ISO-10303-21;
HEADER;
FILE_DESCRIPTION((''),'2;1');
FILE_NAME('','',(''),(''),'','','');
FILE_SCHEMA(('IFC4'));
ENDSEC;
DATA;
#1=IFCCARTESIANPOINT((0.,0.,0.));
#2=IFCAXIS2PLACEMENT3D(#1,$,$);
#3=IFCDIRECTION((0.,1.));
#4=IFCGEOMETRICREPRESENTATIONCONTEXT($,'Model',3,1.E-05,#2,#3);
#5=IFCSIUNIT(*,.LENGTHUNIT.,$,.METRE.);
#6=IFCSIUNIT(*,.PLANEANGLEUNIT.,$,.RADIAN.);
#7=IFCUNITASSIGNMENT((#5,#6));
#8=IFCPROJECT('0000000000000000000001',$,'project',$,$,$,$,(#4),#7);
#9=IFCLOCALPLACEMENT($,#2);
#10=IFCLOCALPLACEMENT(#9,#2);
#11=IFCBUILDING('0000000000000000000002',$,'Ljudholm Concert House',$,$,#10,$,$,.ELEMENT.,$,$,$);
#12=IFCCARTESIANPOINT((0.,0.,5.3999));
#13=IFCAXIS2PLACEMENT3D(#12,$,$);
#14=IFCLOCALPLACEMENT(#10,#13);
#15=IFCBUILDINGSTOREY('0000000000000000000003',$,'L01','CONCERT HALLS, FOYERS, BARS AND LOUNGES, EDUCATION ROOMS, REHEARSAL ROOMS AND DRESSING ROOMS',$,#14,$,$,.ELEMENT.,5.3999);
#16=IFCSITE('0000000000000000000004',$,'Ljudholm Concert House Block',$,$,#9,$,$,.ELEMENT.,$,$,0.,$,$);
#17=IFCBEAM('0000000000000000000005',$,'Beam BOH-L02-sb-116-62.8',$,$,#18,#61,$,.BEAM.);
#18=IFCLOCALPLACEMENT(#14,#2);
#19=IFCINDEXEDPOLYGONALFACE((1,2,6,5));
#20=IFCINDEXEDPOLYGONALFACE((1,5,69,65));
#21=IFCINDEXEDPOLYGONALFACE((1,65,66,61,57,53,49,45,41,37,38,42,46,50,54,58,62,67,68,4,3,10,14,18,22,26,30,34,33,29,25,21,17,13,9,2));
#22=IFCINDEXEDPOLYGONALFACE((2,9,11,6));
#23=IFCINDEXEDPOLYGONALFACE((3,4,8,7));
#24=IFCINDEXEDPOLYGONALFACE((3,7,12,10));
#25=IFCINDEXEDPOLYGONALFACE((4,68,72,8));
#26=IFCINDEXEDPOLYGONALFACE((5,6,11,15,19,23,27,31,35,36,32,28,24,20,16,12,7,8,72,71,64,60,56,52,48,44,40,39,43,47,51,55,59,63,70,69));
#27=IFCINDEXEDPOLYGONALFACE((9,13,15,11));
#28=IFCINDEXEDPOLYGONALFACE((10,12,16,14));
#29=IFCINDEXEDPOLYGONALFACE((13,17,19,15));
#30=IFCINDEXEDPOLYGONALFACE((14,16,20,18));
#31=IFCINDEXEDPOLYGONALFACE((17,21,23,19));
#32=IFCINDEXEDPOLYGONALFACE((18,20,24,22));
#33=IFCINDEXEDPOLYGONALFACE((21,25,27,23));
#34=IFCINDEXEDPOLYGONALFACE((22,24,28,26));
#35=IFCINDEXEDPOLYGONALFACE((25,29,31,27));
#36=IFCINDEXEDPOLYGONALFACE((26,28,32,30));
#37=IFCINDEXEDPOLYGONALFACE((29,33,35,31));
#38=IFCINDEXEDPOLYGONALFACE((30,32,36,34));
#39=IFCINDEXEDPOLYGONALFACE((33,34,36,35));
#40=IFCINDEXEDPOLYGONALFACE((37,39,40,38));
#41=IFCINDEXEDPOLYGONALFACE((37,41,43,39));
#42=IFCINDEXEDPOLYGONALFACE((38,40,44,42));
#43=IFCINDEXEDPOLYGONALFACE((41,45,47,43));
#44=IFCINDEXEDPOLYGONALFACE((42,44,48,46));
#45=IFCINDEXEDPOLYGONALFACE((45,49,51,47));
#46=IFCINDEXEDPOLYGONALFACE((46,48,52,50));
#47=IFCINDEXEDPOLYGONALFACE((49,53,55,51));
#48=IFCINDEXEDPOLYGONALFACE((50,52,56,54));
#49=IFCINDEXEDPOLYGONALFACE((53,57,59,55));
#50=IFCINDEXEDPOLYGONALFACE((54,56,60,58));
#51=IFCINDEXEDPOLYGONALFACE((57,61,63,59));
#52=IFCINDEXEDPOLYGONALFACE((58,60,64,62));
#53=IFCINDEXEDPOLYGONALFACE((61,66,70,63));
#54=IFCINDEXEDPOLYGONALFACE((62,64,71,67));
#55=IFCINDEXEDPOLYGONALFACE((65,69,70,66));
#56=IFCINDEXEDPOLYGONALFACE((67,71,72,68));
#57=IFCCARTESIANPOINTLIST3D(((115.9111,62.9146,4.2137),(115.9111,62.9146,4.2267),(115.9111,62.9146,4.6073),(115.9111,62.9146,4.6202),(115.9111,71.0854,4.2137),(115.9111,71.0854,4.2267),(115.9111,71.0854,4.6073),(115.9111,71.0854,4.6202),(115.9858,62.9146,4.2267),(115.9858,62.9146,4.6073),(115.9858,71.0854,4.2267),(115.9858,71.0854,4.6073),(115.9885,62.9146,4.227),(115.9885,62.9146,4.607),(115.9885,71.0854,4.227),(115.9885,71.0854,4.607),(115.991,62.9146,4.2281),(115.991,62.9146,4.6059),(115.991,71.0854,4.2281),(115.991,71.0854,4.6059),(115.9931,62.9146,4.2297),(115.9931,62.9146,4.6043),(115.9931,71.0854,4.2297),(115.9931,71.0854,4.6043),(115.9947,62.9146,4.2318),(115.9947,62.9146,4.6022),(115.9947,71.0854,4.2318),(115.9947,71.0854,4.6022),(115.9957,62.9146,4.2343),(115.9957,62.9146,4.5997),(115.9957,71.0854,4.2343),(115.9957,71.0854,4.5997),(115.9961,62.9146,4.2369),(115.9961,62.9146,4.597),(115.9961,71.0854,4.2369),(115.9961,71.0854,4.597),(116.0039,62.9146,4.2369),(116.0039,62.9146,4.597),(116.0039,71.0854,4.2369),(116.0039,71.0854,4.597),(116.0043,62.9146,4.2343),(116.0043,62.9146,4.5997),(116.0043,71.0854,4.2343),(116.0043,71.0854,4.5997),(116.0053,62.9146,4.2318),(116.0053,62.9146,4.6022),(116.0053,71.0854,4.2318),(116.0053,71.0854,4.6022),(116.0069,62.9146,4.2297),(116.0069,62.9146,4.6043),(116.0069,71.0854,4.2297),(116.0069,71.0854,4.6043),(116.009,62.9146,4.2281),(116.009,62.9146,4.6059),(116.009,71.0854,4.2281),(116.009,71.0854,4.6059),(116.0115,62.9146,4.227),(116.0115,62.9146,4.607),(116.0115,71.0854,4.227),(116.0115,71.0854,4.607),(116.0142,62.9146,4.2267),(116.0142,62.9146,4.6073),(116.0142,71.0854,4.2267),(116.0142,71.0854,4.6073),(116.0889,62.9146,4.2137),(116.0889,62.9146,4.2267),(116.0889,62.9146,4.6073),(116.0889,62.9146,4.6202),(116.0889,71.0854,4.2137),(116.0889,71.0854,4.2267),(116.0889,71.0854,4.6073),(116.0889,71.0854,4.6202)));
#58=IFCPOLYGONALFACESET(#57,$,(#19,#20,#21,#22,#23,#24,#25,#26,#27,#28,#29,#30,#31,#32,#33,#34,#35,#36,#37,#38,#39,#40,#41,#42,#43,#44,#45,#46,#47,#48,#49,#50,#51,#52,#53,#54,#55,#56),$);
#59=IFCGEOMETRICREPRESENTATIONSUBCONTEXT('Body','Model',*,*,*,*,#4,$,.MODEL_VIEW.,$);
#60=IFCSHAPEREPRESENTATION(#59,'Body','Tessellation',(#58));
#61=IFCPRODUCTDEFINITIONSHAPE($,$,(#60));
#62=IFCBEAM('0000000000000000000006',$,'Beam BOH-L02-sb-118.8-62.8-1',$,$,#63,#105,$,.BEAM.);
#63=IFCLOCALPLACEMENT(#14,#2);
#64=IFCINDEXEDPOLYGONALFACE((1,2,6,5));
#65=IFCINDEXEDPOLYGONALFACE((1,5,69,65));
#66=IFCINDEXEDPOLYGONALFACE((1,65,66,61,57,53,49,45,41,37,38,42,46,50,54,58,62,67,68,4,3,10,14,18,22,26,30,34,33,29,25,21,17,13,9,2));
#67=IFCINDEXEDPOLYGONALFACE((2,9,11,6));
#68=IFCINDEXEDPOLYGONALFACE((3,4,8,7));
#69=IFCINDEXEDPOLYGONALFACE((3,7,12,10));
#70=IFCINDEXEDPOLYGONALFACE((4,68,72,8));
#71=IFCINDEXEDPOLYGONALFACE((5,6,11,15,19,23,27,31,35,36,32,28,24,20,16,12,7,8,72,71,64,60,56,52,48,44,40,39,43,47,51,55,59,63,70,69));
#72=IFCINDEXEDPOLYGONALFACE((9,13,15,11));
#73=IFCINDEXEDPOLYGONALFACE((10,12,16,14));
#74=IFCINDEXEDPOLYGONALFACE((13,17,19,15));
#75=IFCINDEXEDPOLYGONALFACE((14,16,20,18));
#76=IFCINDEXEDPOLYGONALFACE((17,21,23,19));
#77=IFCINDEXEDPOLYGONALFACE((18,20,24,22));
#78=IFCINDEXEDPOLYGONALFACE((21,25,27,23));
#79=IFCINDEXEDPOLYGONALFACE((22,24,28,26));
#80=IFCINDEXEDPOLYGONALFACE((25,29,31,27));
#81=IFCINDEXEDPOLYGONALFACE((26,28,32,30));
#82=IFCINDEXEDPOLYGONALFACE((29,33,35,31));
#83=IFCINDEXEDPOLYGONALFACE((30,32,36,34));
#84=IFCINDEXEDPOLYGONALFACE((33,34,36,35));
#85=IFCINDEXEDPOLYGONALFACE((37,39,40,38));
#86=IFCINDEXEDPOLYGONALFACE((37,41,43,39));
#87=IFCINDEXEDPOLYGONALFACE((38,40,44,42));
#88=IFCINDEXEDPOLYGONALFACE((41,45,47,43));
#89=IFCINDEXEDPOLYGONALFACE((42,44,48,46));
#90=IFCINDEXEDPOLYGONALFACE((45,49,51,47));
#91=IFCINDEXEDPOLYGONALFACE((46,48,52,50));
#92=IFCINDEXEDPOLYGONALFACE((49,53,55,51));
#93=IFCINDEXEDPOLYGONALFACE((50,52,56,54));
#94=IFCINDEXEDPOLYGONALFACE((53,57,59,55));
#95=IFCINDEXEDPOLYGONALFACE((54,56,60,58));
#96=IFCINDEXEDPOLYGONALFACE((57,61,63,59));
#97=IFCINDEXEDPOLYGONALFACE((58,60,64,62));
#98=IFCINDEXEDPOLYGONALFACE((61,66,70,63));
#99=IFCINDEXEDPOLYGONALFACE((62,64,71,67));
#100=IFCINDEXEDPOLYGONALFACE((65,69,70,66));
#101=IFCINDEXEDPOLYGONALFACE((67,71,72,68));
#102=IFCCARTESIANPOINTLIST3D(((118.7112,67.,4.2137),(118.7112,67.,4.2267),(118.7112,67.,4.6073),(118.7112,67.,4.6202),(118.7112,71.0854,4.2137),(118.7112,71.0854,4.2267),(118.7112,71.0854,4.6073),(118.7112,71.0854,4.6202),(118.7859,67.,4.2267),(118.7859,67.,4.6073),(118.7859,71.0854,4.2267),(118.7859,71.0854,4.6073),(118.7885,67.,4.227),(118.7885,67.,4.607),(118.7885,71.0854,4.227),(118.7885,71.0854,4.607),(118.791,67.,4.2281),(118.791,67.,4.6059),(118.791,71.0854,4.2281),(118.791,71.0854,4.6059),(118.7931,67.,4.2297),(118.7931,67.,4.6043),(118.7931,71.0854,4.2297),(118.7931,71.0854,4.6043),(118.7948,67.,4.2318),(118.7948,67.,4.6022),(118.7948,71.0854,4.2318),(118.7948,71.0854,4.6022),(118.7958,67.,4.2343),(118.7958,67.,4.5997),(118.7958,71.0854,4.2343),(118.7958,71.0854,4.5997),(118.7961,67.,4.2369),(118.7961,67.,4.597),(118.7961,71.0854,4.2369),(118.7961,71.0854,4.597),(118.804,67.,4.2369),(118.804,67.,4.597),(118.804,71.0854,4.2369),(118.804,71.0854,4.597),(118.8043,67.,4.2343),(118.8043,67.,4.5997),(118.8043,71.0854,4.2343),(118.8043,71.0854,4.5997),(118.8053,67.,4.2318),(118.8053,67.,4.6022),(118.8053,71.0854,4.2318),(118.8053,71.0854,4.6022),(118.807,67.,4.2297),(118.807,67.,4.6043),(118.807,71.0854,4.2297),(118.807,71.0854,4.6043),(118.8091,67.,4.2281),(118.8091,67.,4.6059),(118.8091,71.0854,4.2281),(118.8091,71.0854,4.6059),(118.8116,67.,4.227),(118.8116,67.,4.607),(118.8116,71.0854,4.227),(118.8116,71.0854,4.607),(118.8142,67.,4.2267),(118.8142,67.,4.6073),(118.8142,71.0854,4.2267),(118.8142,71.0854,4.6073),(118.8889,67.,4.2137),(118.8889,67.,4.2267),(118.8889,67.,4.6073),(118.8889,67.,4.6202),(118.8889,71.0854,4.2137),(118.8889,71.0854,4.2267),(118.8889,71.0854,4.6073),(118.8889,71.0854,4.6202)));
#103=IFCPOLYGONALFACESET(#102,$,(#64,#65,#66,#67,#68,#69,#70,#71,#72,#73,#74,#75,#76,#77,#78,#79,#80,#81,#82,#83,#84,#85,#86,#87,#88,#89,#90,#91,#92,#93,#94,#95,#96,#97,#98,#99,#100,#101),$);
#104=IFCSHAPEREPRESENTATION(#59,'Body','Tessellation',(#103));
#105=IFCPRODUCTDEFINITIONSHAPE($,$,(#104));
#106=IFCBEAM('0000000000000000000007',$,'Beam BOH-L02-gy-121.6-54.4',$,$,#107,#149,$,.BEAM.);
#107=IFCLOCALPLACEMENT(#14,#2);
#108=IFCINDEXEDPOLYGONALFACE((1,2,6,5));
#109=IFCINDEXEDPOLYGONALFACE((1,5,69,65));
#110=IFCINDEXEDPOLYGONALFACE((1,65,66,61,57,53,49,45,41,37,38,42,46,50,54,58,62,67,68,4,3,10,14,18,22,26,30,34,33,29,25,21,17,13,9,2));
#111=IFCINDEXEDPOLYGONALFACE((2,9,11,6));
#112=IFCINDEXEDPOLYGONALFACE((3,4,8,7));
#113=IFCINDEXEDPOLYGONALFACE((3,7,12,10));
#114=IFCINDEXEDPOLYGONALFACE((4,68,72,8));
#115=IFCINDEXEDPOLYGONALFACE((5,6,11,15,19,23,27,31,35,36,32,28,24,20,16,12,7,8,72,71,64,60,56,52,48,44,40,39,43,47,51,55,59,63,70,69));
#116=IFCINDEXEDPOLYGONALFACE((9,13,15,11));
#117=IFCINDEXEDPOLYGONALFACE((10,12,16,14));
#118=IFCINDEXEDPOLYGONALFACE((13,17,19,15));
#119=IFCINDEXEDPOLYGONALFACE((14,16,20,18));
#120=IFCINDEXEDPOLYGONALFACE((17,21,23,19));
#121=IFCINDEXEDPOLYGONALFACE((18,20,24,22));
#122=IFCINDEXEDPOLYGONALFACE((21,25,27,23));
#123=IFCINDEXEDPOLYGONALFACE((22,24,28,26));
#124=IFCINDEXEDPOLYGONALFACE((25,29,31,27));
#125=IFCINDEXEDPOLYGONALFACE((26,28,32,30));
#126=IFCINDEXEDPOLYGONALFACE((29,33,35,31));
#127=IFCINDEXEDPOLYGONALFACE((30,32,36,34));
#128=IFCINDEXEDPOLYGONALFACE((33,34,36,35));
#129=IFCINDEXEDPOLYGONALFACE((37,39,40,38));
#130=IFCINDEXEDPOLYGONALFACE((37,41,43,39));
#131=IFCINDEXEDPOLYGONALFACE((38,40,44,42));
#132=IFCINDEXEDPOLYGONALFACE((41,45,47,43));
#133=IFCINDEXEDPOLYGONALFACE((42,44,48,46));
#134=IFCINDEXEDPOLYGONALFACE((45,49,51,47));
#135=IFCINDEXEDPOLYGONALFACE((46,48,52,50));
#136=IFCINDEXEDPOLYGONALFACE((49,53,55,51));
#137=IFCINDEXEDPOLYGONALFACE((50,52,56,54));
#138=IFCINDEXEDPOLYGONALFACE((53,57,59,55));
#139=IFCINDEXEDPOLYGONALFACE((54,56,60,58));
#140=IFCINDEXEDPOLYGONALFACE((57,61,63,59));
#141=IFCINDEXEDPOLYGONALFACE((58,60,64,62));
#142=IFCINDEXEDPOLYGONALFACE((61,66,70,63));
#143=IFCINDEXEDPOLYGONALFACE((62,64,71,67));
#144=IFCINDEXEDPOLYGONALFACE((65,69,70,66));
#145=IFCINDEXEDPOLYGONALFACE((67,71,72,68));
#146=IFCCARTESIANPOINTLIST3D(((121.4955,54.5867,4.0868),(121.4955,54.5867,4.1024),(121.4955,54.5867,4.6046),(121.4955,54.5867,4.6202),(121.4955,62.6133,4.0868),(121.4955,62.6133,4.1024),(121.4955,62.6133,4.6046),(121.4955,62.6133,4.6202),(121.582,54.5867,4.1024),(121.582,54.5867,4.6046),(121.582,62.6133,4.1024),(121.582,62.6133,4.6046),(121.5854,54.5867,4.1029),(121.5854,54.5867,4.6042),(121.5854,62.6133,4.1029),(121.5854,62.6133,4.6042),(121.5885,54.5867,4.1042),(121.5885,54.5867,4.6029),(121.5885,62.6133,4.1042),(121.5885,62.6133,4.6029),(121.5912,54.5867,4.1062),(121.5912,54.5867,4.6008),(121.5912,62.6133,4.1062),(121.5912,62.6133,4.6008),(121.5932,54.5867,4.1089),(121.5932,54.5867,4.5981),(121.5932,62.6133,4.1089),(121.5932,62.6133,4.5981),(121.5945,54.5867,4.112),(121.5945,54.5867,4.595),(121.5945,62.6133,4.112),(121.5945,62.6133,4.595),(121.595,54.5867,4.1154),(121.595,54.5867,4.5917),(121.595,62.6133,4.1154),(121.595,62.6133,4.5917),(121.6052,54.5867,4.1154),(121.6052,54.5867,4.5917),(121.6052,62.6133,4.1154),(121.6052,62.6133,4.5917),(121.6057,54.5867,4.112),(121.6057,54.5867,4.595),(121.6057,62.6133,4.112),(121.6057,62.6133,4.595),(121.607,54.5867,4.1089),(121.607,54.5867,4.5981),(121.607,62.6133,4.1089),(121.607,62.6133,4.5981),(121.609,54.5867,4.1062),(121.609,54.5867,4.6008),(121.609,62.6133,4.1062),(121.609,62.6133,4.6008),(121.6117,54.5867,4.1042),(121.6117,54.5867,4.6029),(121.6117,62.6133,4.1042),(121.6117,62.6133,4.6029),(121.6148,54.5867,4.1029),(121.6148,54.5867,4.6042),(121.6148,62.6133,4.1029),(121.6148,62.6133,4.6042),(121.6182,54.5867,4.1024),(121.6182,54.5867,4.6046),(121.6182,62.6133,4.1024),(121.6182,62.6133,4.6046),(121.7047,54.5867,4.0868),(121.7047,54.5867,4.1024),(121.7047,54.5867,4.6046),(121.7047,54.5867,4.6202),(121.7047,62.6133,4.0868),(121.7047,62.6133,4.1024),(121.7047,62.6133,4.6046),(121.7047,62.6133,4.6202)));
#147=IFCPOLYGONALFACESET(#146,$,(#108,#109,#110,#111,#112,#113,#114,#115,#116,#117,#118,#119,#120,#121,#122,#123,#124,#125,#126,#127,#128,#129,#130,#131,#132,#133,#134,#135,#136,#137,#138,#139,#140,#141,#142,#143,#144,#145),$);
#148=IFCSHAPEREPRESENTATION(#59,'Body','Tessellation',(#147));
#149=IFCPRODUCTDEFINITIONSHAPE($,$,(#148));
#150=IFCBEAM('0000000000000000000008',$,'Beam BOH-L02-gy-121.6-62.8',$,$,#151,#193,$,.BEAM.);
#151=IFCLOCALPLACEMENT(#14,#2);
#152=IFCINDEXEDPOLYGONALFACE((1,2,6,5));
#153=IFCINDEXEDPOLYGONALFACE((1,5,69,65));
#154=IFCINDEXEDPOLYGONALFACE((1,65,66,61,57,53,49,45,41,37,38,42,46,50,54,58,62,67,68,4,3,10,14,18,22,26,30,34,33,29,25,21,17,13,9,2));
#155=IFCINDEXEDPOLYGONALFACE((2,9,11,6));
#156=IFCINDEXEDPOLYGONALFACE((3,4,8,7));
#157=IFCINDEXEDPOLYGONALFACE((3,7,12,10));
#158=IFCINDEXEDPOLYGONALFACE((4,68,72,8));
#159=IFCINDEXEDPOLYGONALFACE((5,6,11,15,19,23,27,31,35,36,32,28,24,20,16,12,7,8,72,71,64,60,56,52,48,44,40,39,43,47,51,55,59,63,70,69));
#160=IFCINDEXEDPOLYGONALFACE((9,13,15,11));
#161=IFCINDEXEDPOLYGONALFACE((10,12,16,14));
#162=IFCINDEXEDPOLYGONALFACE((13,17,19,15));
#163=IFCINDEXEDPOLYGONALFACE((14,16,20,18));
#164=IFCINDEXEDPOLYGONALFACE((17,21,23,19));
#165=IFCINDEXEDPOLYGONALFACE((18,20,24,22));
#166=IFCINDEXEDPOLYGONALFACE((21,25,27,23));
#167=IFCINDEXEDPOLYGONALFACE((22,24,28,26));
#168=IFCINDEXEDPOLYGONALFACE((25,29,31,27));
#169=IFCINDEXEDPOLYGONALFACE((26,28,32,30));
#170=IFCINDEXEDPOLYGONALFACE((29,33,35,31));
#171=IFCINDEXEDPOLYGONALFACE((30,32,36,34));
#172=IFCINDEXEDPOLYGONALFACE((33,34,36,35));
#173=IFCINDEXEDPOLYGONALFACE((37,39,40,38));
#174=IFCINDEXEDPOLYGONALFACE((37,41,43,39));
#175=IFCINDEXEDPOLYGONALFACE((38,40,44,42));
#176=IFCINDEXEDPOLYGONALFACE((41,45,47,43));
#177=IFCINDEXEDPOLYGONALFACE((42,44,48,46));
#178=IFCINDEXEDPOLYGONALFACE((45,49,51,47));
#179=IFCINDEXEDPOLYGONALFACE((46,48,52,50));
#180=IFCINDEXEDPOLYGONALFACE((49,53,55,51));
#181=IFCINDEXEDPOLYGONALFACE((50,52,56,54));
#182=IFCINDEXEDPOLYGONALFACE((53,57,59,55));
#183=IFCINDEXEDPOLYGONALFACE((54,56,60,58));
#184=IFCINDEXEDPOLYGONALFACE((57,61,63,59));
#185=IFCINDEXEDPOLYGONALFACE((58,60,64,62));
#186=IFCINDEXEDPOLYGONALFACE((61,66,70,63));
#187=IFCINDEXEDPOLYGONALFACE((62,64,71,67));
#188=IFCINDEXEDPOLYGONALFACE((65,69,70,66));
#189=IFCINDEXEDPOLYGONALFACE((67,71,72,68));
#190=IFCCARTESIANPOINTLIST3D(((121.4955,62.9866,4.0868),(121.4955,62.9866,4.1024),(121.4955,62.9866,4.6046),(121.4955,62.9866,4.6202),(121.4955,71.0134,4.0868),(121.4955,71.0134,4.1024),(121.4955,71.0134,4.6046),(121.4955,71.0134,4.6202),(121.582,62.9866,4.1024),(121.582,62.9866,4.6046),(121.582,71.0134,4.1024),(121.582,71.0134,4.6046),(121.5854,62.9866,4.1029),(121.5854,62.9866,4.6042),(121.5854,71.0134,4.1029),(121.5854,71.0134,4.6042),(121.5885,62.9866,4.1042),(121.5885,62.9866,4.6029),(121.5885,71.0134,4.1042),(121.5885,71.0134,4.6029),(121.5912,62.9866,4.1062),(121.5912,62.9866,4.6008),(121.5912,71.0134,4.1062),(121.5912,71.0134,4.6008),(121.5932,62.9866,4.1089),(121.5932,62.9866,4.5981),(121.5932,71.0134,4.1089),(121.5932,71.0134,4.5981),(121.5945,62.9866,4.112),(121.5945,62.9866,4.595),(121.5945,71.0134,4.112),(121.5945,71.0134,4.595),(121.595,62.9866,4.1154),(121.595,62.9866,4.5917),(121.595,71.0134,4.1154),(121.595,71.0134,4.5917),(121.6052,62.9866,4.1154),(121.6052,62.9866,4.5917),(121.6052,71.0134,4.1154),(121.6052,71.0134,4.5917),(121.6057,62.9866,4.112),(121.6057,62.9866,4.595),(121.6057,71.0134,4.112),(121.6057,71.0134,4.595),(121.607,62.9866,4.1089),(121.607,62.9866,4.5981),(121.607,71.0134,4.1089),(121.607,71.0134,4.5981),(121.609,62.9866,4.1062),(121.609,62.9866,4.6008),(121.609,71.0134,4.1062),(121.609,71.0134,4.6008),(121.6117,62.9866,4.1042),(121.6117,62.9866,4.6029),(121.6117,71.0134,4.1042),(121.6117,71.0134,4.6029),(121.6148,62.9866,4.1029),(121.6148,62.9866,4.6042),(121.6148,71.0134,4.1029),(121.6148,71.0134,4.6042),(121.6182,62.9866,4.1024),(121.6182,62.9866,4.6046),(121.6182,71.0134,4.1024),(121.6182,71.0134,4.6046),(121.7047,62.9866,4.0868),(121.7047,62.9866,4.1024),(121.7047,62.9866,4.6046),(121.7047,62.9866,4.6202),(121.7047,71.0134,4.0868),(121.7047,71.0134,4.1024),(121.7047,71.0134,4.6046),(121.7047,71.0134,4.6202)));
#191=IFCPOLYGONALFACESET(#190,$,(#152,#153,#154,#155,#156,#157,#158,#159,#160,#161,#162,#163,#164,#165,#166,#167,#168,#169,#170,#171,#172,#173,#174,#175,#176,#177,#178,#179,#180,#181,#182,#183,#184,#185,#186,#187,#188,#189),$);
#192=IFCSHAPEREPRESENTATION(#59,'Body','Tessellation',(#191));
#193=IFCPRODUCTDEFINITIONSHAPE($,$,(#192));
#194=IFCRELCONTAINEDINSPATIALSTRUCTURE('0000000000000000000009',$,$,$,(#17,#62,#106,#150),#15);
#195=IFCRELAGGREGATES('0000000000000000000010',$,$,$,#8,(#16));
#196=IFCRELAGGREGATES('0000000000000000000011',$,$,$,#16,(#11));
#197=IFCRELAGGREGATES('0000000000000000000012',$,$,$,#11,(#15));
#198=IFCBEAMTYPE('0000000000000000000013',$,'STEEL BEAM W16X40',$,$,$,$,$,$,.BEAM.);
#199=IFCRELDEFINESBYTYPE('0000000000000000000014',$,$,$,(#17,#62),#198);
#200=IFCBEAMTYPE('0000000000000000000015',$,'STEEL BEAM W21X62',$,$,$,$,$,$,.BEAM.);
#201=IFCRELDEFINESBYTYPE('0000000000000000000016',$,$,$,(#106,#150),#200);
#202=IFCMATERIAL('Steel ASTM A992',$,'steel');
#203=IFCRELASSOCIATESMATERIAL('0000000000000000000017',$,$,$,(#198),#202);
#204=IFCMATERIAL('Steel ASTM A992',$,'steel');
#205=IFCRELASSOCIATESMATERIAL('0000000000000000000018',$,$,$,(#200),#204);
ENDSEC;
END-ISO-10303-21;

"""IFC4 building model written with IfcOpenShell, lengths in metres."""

from ifc_helpers import new_model, si_unit, direction, frame, origin, origin_2d, place, context, subcontext, project, spatial, i_section, extrude, material, material_profile, profile_set, type_object, element, save


model = new_model("IFC4")

# Units and contexts
model_context = context("Model", 3, precision=1e-05, world=origin(), true_north=direction((0.0, 1.0)))
body_context = subcontext(model_context, "Body", "Model", "MODEL_VIEW")
ifc_project = project(units=[si_unit("LENGTHUNIT", "METRE"), si_unit("PLANEANGLEUNIT", "RADIAN")], contexts=[model_context])

# Site, building, storey
site_placement = place(None, origin())
site = spatial("IfcSite", under=ifc_project, at=site_placement, Name="Ljudholm Concert House Block", CompositionType="ELEMENT", RefElevation=0.0)
building_placement = place(site_placement, origin())
building = spatial("IfcBuilding", under=site, at=building_placement, Name="Ljudholm Concert House", CompositionType="ELEMENT")
storey_placement = place(building_placement, frame((0.0, 0.0, 5.3999)))
storey = spatial("IfcBuildingStorey", under=building, at=storey_placement, Name="L01", Description="CONCERT HALLS, FOYERS, BARS AND LOUNGES, EDUCATION ROOMS, REHEARSAL ROOMS AND DRESSING ROOMS", CompositionType="ELEMENT", Elevation=5.3999)

# Beams
ifc_material_1 = material(Name="Steel ASTM A992", Category="steel")
ifc_material_profile_1 = material_profile(ifc_material_1, i_section(OverallWidth=0.1777, OverallDepth=0.4065, WebThickness=0.0078, FlangeThickness=0.0129, FilletRadius=0.0103, at=origin_2d()), Name="W16X40")
ifc_profile_set_1 = profile_set([ifc_material_profile_1], Name="Steel ASTM A992")
beam_type_1 = type_object("IfcBeamType", Name="STEEL BEAM W16X40", PredefinedType="BEAM", material=ifc_profile_set_1)
beam_1_placement = place(storey_placement, frame((116.0, 62.9146, 4.417), z_axis=(0.0, 1.0, 0.0), x_axis=(-1.0, 0.0, 0.0)))
element("IfcBeam", 1, at=beam_1_placement, inside=storey, type_object=beam_type_1, Name="Beam BOH-L02-sb-116-62.8", PredefinedType="BEAM", context=body_context, shape_type="SweptSolid", body=[
    extrude(i_section(OverallWidth=0.1777, OverallDepth=0.4065, WebThickness=0.0078, FlangeThickness=0.0129, FilletRadius=0.0103, at=origin_2d()), origin(), (0.0, 0.0, 1.0), 8.1709),
])
beam_2_placement = place(storey_placement, frame((118.8, 67.0, 4.417), z_axis=(0.0, 1.0, 0.0), x_axis=(-1.0, 0.0, 0.0)))
element("IfcBeam", 2, at=beam_2_placement, inside=storey, type_object=beam_type_1, Name="Beam BOH-L02-sb-118.8-62.8-1", PredefinedType="BEAM", context=body_context, shape_type="SweptSolid", body=[
    extrude(i_section(OverallWidth=0.1777, OverallDepth=0.4065, WebThickness=0.0078, FlangeThickness=0.0129, FilletRadius=0.0103, at=origin_2d()), origin(), (0.0, 0.0, 1.0), 4.0854),
])
ifc_material_2 = material(Name="Steel ASTM A992", Category="steel")
ifc_material_profile_2 = material_profile(ifc_material_2, i_section(OverallWidth=0.2092, OverallDepth=0.5334, WebThickness=0.0103, FlangeThickness=0.0156, FilletRadius=0.0129, at=origin_2d()), Name="W21X62")
ifc_profile_set_2 = profile_set([ifc_material_profile_2], Name="Steel ASTM A992")
beam_type_2 = type_object("IfcBeamType", Name="STEEL BEAM W21X62", PredefinedType="BEAM", material=ifc_profile_set_2)
beam_3_placement = place(storey_placement, frame((121.6001, 54.5867, 4.3535), z_axis=(0.0, 1.0, 0.0), x_axis=(-1.0, 0.0, 0.0)))
element("IfcBeam", 3, at=beam_3_placement, inside=storey, type_object=beam_type_2, Name="Beam BOH-L02-gy-121.6-54.4", PredefinedType="BEAM", context=body_context, shape_type="SweptSolid", body=[
    extrude(i_section(OverallWidth=0.2092, OverallDepth=0.5334, WebThickness=0.0103, FlangeThickness=0.0156, FilletRadius=0.0129, at=origin_2d()), origin(), (0.0, 0.0, 1.0), 8.0266),
])
beam_4_placement = place(storey_placement, frame((121.6001, 62.9866, 4.3535), z_axis=(0.0, 1.0, 0.0), x_axis=(-1.0, 0.0, 0.0)))
element("IfcBeam", 4, at=beam_4_placement, inside=storey, type_object=beam_type_2, Name="Beam BOH-L02-gy-121.6-62.8", PredefinedType="BEAM", context=body_context, shape_type="SweptSolid", body=[
    extrude(i_section(OverallWidth=0.2092, OverallDepth=0.5334, WebThickness=0.0103, FlangeThickness=0.0156, FilletRadius=0.0129, at=origin_2d()), origin(), (0.0, 0.0, 1.0), 8.0269),
])

save(model, "model.ifc")
